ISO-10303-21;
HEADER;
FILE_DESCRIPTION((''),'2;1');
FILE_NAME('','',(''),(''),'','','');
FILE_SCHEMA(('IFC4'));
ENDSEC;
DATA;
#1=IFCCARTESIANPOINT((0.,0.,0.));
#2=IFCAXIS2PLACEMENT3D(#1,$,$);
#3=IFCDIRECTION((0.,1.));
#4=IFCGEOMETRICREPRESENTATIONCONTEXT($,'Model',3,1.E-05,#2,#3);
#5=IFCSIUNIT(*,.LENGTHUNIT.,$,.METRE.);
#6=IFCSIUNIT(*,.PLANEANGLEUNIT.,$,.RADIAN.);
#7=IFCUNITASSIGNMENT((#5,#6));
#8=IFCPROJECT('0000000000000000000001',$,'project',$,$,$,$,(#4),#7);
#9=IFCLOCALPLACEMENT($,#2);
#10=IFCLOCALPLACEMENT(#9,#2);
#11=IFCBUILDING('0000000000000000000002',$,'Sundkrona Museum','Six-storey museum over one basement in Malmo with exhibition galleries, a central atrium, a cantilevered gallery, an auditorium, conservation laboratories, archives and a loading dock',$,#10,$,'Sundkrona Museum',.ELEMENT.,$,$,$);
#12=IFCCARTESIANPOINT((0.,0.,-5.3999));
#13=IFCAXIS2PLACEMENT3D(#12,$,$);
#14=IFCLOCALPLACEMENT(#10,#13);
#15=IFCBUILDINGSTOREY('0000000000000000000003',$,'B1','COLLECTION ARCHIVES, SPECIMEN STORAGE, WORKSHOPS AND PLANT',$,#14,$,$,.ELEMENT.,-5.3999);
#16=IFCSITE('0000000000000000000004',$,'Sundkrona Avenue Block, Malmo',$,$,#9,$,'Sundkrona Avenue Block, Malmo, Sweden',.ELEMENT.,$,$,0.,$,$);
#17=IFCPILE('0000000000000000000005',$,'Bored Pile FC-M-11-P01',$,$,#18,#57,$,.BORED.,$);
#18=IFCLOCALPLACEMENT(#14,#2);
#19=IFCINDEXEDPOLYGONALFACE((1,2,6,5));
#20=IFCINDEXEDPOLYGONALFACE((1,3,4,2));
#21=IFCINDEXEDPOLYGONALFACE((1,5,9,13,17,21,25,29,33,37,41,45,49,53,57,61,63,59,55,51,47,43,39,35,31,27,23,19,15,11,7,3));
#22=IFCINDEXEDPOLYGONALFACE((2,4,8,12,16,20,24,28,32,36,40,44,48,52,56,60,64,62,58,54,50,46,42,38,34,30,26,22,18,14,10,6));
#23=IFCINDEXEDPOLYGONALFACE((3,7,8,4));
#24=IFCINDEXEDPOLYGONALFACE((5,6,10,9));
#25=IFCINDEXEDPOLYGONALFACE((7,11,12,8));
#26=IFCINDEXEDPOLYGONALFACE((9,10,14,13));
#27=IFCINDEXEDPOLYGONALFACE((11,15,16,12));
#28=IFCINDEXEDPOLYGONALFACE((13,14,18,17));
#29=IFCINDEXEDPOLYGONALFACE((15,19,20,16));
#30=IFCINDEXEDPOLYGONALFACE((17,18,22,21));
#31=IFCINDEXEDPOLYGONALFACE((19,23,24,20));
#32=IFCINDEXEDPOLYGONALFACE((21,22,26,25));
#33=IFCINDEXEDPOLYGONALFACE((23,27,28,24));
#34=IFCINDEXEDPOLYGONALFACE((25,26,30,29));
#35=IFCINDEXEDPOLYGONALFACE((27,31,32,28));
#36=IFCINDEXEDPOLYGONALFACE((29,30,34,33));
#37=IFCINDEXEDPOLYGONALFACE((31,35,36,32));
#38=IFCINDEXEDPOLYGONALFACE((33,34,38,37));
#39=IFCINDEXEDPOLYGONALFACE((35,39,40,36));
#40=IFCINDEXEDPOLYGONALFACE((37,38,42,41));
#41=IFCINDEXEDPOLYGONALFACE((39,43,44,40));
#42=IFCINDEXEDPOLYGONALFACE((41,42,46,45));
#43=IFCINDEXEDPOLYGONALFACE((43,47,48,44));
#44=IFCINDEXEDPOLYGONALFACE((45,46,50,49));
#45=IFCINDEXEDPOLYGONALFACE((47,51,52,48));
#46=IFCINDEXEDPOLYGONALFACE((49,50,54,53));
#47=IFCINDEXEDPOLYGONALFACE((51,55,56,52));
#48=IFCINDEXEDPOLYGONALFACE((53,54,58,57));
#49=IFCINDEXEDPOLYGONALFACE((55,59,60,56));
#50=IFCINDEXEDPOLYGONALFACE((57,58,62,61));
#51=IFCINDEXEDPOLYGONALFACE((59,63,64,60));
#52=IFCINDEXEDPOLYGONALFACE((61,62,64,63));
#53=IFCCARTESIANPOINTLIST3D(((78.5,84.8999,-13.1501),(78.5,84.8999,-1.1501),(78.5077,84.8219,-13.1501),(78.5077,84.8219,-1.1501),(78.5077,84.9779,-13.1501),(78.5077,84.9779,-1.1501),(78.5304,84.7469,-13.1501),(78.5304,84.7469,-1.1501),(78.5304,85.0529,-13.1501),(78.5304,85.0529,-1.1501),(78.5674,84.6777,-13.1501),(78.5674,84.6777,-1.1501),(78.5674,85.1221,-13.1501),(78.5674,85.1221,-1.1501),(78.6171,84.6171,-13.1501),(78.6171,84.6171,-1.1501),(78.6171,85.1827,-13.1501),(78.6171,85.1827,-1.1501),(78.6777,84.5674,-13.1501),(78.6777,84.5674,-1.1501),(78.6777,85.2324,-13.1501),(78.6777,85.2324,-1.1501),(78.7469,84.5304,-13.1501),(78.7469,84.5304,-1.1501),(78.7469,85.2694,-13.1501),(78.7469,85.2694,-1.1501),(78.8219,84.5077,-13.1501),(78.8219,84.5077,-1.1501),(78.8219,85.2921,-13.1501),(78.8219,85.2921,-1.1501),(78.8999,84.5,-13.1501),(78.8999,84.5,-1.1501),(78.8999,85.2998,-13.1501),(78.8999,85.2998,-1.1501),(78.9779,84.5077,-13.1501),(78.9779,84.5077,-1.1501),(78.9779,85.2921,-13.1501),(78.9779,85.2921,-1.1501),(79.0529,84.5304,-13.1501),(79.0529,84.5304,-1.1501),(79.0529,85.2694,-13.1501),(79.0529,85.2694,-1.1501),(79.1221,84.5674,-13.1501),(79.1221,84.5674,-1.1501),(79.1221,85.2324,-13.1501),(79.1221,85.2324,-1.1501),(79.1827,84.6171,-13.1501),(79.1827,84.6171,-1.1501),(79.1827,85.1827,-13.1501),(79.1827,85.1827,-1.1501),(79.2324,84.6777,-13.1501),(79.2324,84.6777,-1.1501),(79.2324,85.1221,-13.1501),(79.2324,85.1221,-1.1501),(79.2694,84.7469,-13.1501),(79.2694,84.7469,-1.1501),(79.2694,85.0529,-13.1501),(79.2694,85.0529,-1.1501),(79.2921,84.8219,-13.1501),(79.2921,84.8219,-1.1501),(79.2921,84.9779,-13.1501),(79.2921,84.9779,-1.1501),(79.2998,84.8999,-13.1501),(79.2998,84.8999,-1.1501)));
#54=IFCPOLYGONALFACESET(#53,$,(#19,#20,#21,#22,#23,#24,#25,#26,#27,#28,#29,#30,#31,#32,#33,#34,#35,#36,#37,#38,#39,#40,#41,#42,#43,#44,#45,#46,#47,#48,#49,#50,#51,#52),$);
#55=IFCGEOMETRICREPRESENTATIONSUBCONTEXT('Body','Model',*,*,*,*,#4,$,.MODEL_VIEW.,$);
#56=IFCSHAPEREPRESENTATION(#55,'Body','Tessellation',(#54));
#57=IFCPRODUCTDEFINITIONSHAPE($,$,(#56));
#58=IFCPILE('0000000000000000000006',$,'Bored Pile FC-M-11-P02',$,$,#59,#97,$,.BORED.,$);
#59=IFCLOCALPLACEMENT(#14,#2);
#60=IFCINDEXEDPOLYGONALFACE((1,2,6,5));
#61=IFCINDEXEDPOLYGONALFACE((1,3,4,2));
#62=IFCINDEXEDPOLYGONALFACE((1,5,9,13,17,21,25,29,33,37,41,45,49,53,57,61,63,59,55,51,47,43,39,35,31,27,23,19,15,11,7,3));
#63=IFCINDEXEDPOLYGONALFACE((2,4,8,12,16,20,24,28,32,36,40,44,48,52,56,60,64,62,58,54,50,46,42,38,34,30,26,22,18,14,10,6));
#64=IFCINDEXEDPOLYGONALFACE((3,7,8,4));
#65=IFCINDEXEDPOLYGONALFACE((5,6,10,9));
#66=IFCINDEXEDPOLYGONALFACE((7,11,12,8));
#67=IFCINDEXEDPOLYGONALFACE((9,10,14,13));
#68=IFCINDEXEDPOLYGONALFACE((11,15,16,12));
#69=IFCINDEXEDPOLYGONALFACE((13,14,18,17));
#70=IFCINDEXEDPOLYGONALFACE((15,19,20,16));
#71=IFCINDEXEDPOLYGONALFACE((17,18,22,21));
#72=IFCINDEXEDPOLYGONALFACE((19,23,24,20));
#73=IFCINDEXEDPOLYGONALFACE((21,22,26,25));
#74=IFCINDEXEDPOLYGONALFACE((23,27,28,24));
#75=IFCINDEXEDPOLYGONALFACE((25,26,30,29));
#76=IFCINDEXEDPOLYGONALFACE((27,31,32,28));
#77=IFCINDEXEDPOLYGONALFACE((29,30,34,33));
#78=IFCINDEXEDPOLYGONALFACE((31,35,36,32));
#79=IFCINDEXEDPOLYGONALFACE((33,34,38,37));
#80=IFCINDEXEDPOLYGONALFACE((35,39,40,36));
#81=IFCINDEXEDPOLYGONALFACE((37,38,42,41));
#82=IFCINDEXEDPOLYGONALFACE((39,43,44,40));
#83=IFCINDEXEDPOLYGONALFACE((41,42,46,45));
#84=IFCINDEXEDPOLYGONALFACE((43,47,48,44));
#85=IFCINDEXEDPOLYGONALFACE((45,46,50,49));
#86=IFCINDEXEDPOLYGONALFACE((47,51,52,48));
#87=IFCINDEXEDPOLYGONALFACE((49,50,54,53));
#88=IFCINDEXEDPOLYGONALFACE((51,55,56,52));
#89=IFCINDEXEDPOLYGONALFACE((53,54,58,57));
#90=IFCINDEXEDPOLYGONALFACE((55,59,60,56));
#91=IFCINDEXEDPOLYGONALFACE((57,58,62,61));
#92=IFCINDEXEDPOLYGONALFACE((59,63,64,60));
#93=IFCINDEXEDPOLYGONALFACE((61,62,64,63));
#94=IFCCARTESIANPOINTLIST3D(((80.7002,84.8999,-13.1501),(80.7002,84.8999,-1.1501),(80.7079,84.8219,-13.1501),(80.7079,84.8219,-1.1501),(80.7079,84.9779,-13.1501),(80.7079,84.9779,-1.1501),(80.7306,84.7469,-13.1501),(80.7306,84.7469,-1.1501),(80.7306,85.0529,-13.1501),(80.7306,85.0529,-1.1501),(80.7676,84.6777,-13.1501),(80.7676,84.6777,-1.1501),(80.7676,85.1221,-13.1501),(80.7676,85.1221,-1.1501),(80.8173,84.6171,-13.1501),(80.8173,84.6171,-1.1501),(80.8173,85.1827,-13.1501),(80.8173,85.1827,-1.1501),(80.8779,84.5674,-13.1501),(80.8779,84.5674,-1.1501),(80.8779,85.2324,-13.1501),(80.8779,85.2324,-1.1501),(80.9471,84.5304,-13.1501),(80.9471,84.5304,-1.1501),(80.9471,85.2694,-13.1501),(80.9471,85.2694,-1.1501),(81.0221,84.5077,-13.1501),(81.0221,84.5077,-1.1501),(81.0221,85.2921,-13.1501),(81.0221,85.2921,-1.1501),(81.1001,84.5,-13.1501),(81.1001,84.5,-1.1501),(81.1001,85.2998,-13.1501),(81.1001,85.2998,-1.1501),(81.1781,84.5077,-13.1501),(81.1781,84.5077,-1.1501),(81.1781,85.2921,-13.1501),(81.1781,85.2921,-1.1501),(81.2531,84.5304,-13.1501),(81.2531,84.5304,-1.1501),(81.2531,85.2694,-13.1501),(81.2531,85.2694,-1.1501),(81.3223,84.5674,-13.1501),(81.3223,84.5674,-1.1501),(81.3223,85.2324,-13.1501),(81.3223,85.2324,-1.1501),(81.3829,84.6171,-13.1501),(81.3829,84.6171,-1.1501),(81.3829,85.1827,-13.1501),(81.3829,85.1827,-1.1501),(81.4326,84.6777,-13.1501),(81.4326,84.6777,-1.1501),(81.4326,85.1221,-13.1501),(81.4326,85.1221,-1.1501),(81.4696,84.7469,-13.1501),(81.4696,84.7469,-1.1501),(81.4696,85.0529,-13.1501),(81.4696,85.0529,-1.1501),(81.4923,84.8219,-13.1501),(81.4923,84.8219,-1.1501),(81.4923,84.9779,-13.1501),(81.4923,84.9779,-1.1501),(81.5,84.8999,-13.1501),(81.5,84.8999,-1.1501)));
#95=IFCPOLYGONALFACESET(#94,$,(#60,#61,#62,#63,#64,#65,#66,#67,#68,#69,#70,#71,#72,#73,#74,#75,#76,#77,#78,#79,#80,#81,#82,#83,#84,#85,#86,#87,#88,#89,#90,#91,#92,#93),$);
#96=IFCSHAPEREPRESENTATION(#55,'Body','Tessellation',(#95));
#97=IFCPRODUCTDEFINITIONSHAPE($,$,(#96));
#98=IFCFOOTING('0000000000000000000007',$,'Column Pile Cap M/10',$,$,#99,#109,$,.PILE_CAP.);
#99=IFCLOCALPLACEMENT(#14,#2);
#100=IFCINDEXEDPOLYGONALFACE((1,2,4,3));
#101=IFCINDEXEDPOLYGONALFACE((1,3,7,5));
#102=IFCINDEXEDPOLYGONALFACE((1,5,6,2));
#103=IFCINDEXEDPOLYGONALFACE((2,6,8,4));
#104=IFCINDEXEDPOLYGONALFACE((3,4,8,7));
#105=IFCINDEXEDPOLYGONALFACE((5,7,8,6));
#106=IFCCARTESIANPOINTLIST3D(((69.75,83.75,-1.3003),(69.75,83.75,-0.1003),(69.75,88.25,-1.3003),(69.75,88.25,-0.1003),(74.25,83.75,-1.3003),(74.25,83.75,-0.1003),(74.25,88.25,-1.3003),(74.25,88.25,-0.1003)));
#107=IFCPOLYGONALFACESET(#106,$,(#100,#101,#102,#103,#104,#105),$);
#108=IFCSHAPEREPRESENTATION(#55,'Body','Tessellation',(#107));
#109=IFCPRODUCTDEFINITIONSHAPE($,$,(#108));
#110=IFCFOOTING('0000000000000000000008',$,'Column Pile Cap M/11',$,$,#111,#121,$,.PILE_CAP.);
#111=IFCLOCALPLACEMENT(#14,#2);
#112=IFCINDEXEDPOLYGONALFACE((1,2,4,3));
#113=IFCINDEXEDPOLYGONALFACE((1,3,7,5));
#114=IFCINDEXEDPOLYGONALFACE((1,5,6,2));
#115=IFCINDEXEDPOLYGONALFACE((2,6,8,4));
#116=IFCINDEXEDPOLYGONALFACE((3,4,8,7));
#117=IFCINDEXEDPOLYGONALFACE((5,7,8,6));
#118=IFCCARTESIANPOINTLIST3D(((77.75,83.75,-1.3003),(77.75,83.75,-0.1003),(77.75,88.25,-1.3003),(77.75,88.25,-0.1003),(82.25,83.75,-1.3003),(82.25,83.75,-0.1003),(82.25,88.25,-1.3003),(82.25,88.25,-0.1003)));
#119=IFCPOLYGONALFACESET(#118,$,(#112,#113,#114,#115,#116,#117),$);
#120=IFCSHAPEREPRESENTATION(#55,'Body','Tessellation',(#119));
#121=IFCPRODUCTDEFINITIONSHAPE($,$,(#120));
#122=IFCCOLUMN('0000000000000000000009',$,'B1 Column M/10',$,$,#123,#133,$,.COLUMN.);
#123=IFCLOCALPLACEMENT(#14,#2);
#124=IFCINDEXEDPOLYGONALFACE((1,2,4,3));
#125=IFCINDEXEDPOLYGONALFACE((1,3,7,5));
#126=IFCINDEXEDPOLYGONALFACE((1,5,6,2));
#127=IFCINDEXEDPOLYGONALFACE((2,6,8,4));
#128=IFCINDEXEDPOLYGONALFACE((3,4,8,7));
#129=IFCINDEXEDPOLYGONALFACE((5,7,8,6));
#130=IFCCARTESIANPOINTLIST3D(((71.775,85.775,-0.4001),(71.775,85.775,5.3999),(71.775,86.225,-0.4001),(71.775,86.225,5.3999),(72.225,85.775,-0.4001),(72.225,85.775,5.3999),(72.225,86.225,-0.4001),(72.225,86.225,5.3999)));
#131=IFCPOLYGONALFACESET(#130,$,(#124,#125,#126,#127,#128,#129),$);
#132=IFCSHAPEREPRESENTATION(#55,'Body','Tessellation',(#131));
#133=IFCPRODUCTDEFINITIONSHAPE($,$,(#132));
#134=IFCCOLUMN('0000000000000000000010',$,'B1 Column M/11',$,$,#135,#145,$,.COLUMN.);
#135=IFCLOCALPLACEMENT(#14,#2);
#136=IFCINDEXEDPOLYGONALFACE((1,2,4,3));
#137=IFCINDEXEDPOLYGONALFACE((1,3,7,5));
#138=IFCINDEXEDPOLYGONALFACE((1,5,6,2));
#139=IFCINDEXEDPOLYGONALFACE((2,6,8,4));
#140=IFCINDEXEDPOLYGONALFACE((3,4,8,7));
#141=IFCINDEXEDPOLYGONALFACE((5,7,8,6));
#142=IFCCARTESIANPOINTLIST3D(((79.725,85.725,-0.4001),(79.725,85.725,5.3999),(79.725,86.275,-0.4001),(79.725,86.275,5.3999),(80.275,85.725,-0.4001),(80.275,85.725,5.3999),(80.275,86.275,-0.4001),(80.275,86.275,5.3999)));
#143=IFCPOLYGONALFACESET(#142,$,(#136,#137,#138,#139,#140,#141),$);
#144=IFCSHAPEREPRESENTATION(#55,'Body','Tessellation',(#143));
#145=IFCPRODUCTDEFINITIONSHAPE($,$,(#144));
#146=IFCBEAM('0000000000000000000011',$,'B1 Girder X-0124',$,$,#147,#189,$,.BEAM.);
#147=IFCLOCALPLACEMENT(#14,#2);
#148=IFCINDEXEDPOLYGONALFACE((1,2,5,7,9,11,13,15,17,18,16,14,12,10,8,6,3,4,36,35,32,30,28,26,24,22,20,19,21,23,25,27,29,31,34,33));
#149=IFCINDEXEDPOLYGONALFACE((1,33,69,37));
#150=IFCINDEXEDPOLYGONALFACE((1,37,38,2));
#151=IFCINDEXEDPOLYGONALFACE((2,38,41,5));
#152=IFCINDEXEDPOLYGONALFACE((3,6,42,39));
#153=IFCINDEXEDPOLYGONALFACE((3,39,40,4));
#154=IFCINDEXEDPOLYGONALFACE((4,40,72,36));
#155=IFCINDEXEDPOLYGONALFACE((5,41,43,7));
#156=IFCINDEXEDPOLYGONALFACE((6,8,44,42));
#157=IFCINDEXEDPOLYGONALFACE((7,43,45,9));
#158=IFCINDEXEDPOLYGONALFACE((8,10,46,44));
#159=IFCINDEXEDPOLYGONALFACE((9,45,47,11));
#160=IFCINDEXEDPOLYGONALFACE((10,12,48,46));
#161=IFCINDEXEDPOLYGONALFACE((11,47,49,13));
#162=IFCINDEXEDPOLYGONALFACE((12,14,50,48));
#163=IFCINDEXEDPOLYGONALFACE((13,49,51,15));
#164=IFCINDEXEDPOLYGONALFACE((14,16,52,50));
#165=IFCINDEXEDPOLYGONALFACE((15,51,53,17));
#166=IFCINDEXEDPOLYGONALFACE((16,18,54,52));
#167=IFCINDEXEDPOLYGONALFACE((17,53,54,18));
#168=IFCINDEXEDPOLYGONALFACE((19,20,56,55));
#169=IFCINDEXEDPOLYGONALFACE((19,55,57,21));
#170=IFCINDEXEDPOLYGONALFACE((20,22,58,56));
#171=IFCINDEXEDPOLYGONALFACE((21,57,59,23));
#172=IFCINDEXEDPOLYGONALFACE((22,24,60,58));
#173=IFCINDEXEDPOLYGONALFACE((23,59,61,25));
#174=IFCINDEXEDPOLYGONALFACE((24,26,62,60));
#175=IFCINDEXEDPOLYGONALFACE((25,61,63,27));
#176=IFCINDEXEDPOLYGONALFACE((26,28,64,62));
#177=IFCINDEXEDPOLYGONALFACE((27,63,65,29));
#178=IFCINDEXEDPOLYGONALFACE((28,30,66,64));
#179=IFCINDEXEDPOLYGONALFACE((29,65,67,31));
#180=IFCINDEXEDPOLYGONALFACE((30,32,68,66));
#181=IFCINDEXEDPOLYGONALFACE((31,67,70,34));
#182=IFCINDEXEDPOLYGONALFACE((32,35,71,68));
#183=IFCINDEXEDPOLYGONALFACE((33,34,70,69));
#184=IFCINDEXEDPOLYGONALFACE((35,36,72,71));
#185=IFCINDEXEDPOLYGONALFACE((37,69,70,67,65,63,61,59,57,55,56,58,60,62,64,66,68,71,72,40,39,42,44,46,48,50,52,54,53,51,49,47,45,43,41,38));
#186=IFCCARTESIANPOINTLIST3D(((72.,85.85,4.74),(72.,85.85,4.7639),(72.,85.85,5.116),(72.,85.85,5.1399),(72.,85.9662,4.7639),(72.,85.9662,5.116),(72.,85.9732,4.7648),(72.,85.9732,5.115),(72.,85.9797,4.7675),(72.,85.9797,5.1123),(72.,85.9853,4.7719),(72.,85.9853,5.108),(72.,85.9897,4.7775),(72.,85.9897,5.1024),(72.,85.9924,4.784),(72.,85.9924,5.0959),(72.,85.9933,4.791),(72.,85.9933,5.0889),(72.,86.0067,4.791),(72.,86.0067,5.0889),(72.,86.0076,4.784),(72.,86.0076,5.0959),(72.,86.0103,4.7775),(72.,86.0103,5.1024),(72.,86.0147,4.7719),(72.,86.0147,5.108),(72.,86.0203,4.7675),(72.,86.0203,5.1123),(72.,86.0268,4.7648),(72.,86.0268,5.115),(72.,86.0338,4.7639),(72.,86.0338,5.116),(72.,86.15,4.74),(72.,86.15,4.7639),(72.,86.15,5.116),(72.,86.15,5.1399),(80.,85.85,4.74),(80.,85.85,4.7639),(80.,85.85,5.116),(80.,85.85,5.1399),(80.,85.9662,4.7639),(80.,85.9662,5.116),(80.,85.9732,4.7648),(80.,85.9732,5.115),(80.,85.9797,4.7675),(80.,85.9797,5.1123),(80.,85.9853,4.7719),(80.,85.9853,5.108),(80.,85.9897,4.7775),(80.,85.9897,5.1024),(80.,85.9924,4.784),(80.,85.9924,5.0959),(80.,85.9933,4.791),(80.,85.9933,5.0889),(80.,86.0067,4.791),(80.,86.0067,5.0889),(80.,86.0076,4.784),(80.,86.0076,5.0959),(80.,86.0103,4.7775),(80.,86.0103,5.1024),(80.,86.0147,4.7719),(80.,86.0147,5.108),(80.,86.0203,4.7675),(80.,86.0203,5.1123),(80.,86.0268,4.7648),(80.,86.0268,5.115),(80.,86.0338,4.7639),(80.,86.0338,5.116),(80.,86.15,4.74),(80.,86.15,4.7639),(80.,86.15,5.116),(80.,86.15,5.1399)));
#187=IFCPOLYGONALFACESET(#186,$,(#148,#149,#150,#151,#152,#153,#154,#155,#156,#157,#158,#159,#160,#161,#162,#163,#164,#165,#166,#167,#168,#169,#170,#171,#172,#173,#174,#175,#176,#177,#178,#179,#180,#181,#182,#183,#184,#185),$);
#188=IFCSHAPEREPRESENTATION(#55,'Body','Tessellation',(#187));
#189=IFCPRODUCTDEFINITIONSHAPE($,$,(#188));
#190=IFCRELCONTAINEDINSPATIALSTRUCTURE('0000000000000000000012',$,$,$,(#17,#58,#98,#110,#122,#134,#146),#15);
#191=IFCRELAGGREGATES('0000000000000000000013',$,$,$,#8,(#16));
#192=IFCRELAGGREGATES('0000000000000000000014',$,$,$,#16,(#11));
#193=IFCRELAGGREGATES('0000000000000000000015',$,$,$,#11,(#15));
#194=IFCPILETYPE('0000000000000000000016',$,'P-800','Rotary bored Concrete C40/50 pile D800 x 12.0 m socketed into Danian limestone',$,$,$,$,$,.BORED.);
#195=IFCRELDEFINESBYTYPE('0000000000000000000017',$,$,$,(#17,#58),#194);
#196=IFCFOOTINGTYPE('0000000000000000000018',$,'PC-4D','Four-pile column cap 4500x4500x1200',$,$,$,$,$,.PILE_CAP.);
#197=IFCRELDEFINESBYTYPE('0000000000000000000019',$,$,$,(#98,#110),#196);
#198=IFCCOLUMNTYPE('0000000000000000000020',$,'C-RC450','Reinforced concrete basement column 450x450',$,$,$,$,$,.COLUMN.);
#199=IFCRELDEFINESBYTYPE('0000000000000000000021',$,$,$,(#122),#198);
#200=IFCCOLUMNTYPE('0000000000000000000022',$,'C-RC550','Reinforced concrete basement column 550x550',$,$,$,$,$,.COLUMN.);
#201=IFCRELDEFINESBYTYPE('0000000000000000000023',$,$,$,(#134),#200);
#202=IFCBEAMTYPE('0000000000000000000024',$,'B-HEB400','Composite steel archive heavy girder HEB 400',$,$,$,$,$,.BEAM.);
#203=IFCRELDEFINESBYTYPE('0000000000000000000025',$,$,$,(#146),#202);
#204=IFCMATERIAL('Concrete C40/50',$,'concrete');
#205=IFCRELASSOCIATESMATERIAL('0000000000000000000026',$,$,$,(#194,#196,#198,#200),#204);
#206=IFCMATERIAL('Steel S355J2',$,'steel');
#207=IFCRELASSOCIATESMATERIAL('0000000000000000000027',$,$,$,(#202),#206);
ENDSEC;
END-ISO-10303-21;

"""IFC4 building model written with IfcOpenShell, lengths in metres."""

from ifc_helpers import new_model, si_unit, direction, frame, origin, origin_2d, place, context, subcontext, project, spatial, rectangle, circle, i_section, extrude, material, material_profile, profile_set, type_object, element, save


model = new_model("IFC4")

# Units and contexts
model_context = context("Model", 3, precision=1e-05, world=origin(), true_north=direction((0.0, 1.0)))
body_context = subcontext(model_context, "Body", "Model", "MODEL_VIEW")
ifc_project = project(units=[si_unit("LENGTHUNIT", "METRE"), si_unit("PLANEANGLEUNIT", "RADIAN")], contexts=[model_context])

# Site, building, storey
site_placement = place(None, origin())
site = spatial("IfcSite", under=ifc_project, at=site_placement, Name="Sundkrona Avenue Block, Malmo", LongName="Sundkrona Avenue Block, Malmo, Sweden", CompositionType="ELEMENT", RefElevation=0.0)
building_placement = place(site_placement, origin())
building = spatial("IfcBuilding", under=site, at=building_placement, Name="Sundkrona Museum", Description="Six-storey museum over one basement in Malmo with exhibition galleries, a central atrium, a cantilevered gallery, an auditorium, conservation laboratories, archives and a loading dock", LongName="Sundkrona Museum", CompositionType="ELEMENT")
storey_placement = place(building_placement, frame((0.0, 0.0, -5.3999)))
storey = spatial("IfcBuildingStorey", under=building, at=storey_placement, Name="B1", Description="COLLECTION ARCHIVES, SPECIMEN STORAGE, WORKSHOPS AND PLANT", CompositionType="ELEMENT", Elevation=-5.3999)

# Shared definitions
ifc_material_1 = material(Name="Concrete C40/50", Category="concrete")

# Piles
ifc_material_profile_1 = material_profile(ifc_material_1, circle(Radius=0.3999, at=origin_2d()), Name="PILE D800")
ifc_profile_set_1 = profile_set([ifc_material_profile_1], Name="Concrete C40/50")
pile_type = type_object("IfcPileType", Name="P-800", Description="Rotary bored Concrete C40/50 pile D800 x 12.0 m socketed into Danian limestone", PredefinedType="BORED", material=ifc_profile_set_1)
for number, where, z_axis, x_axis, name in (
    (1, (78.8999, 84.8999, -1.1501), (0.0, 0.0, -1.0), (1.0, 0.0, 0.0), "Bored Pile FC-M-11-P01"),
    (2, (81.1001, 84.8999, -1.1501), (0.0, 0.0, -1.0), (1.0, 0.0, 0.0), "Bored Pile FC-M-11-P02"),
):
    element("IfcPile", number, at=place(storey_placement, frame(where, z_axis=z_axis, x_axis=x_axis)), inside=storey, type_object=pile_type, Name=name, PredefinedType="BORED", context=body_context, shape_type="SweptSolid", body=[
        extrude(circle(Radius=0.3999, at=origin_2d()), origin(), (0.0, 0.0, 1.0), 12.0),
    ])

# Footings
footing_type_1 = type_object("IfcFootingType", Name="PC-4D", Description="Four-pile column cap 4500x4500x1200", PredefinedType="PILE_CAP", material=ifc_material_1)
for number, where, z_axis, x_axis, name in (
    (3, (72.0, 86.0, -1.3003), (0.0, 0.0, 1.0), (1.0, 0.0, 0.0), "Column Pile Cap M/10"),
    (4, (80.0, 86.0, -1.3003), (0.0, 0.0, 1.0), (1.0, 0.0, 0.0), "Column Pile Cap M/11"),
):
    element("IfcFooting", number, at=place(storey_placement, frame(where, z_axis=z_axis, x_axis=x_axis)), inside=storey, type_object=footing_type_1, Name=name, PredefinedType="PILE_CAP", context=body_context, shape_type="SweptSolid", body=[
        extrude(rectangle(XDim=4.5, YDim=4.5, at=origin_2d()), origin(), (0.0, 0.0, 1.0), 1.2),
    ])

# Columns
ifc_material_profile_2 = material_profile(ifc_material_1, rectangle(XDim=0.45, YDim=0.45, at=origin_2d()), Name="RC 450x450")
ifc_profile_set_2 = profile_set([ifc_material_profile_2], Name="Concrete C40/50")
column_type_1 = type_object("IfcColumnType", Name="C-RC450", Description="Reinforced concrete basement column 450x450", PredefinedType="COLUMN", material=ifc_profile_set_2)
column_1_placement = place(storey_placement, frame((72.0, 86.0, -0.4001), z_axis=(0.0, 0.0, 1.0), x_axis=(1.0, 0.0, 0.0)))
element("IfcColumn", 5, at=column_1_placement, inside=storey, type_object=column_type_1, Name="B1 Column M/10", PredefinedType="COLUMN", context=body_context, shape_type="SweptSolid", body=[
    extrude(rectangle(XDim=0.45, YDim=0.45, at=origin_2d()), origin(), (0.0, 0.0, 1.0), 5.8),
])
ifc_material_profile_3 = material_profile(ifc_material_1, rectangle(XDim=0.55, YDim=0.55, at=origin_2d()), Name="RC 550x550")
ifc_profile_set_3 = profile_set([ifc_material_profile_3], Name="Concrete C40/50")
column_type_2 = type_object("IfcColumnType", Name="C-RC550", Description="Reinforced concrete basement column 550x550", PredefinedType="COLUMN", material=ifc_profile_set_3)
column_2_placement = place(storey_placement, frame((80.0, 86.0, -0.4001), z_axis=(0.0, 0.0, 1.0), x_axis=(1.0, 0.0, 0.0)))
element("IfcColumn", 6, at=column_2_placement, inside=storey, type_object=column_type_2, Name="B1 Column M/11", PredefinedType="COLUMN", context=body_context, shape_type="SweptSolid", body=[
    extrude(rectangle(XDim=0.55, YDim=0.55, at=origin_2d()), origin(), (0.0, 0.0, 1.0), 5.8),
])

# Beam
ifc_material_2 = material(Name="Steel S355J2", Category="steel")
ifc_material_profile_4 = material_profile(ifc_material_2, i_section(OverallWidth=0.3, OverallDepth=0.3999, WebThickness=0.0134, FlangeThickness=0.0239, FilletRadius=0.0271, at=origin_2d()), Name="HEB 400")
ifc_profile_set_4 = profile_set([ifc_material_profile_4], Name="Steel S355J2")
beam_type_1 = type_object("IfcBeamType", Name="B-HEB400", Description="Composite steel archive heavy girder HEB 400", PredefinedType="BEAM", material=ifc_profile_set_4)
for number, where, z_axis, x_axis, name in (
    (7, (72.0, 86.0, 4.9399), (1.0, 0.0, 0.0), (0.0, 1.0, 0.0), "B1 Girder X-0124"),
):
    element("IfcBeam", number, at=place(storey_placement, frame(where, z_axis=z_axis, x_axis=x_axis)), inside=storey, type_object=beam_type_1, Name=name, PredefinedType="BEAM", context=body_context, shape_type="SweptSolid", body=[
        extrude(i_section(OverallWidth=0.3, OverallDepth=0.3999, WebThickness=0.0134, FlangeThickness=0.0239, FilletRadius=0.0271, at=origin_2d()), origin(), (0.0, 0.0, 1.0), 8.0),
    ])

save(model, "model.ifc")
